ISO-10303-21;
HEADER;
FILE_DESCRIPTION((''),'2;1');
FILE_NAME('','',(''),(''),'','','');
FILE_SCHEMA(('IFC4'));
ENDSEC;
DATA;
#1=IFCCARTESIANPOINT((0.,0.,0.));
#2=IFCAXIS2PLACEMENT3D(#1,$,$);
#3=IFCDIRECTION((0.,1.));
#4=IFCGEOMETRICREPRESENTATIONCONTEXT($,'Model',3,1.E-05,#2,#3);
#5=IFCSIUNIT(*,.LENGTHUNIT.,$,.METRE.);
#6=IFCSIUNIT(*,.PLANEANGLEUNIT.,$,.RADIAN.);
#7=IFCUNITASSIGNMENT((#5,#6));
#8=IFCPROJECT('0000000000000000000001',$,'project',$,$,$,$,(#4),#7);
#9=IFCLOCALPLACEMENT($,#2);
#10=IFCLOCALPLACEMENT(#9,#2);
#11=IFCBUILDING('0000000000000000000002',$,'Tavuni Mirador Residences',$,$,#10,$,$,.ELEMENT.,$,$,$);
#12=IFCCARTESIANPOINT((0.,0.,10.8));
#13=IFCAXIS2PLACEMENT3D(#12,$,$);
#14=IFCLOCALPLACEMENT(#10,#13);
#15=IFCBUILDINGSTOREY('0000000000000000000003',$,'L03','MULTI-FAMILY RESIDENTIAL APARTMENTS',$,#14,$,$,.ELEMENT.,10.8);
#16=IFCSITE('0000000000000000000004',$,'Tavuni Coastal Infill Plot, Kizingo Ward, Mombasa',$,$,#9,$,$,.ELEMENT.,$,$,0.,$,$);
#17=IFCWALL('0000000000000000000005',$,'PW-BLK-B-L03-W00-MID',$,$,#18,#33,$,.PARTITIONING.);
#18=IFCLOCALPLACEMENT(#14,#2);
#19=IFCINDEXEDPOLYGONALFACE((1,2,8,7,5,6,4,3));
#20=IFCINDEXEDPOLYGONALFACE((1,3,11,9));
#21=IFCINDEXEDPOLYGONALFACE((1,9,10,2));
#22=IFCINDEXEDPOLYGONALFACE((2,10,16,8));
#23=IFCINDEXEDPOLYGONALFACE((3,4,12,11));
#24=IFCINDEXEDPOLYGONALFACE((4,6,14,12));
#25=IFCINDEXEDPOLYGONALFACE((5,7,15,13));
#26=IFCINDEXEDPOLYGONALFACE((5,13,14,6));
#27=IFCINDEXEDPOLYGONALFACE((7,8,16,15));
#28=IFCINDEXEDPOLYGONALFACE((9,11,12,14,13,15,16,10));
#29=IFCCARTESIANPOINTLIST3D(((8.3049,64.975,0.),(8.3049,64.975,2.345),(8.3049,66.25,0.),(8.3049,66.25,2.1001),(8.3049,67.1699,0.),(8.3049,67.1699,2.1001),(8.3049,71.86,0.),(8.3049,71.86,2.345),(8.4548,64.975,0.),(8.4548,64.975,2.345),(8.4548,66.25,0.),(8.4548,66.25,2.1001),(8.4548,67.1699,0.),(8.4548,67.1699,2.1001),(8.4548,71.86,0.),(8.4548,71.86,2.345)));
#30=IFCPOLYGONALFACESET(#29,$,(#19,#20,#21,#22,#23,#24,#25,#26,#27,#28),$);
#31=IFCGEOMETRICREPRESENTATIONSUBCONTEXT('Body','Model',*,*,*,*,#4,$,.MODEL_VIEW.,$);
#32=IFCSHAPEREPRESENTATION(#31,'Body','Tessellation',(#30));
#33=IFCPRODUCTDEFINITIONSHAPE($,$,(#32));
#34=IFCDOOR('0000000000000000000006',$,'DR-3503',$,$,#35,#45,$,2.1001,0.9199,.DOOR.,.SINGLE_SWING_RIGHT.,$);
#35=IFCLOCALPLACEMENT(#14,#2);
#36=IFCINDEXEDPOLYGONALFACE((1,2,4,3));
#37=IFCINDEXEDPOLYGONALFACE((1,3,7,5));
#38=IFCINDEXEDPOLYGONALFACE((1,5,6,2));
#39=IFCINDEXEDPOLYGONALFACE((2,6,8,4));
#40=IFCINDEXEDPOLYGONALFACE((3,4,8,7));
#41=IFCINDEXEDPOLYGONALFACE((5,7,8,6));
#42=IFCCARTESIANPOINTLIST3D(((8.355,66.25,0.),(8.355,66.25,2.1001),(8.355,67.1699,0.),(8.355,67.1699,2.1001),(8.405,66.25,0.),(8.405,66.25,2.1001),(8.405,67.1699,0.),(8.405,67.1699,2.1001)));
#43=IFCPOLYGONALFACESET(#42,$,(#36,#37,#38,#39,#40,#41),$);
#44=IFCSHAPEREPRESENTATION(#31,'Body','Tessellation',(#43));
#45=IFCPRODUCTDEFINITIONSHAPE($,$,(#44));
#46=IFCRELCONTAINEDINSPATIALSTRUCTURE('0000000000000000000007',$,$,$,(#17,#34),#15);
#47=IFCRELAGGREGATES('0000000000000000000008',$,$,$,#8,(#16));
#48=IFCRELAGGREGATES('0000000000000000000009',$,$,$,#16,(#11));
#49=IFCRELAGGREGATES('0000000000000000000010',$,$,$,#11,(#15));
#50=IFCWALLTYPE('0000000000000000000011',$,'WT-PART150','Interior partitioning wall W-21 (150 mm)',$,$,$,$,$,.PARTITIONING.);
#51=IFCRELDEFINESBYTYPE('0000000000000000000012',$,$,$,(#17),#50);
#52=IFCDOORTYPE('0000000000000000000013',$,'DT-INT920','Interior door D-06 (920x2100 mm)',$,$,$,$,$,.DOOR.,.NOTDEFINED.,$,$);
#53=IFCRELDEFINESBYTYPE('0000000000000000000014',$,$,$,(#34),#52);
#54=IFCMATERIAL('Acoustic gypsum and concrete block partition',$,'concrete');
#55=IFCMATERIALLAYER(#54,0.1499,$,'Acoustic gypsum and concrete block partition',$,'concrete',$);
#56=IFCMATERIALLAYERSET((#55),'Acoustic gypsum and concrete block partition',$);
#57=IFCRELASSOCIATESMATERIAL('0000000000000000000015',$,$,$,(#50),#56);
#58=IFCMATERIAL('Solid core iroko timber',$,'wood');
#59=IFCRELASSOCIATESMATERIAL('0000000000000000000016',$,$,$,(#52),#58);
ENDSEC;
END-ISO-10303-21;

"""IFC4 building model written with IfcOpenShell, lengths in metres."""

from ifc_helpers import new_model, si_unit, direction, frame, frame_2d, origin, place, context, subcontext, project, spatial, rectangle, extrude, material, layer, layer_set, type_object, element, fill, save


model = new_model("IFC4")

# Units and contexts
model_context = context("Model", 3, precision=1e-05, world=origin(), true_north=direction((0.0, 1.0)))
body_context = subcontext(model_context, "Body", "Model", "MODEL_VIEW")
ifc_project = project(units=[si_unit("LENGTHUNIT", "METRE"), si_unit("PLANEANGLEUNIT", "RADIAN")], contexts=[model_context])

# Site, building, storey
site_placement = place(None, origin())
site = spatial("IfcSite", under=ifc_project, at=site_placement, Name="Tavuni Coastal Infill Plot, Kizingo Ward, Mombasa", CompositionType="ELEMENT", RefElevation=0.0)
building_placement = place(site_placement, origin())
building = spatial("IfcBuilding", under=site, at=building_placement, Name="Tavuni Mirador Residences", CompositionType="ELEMENT")
storey_placement = place(building_placement, frame((0.0, 0.0, 10.8)))
storey = spatial("IfcBuildingStorey", under=building, at=storey_placement, Name="L03", Description="MULTI-FAMILY RESIDENTIAL APARTMENTS", CompositionType="ELEMENT", Elevation=10.8)

# Shared definitions
ifc_material_1 = material(Name="Solid core iroko timber", Category="wood")

# Wall, opening, door
ifc_material_2 = material(Name="Acoustic gypsum and concrete block partition", Category="concrete")
ifc_layer_1 = layer(ifc_material_2, 0.1499, Name="Acoustic gypsum and concrete block partition", Category="concrete")
ifc_layer_set_1 = layer_set([ifc_layer_1], Name="Acoustic gypsum and concrete block partition")
wall_type_1 = type_object("IfcWallType", Name="WT-PART150", Description="Interior partitioning wall W-21 (150 mm)", PredefinedType="PARTITIONING", material=ifc_layer_set_1)
wall_1_placement = place(storey_placement, frame((8.3799, 64.9751, 0.0), z_axis=(0.0, 0.0, 1.0), x_axis=(0.0, 1.0, 0.0)))
wall_1 = element("IfcWall", 1, at=wall_1_placement, inside=storey, type_object=wall_type_1, Name="PW-BLK-B-L03-W00-MID", PredefinedType="PARTITIONING", context=body_context, shape_type="SweptSolid", body=[
    extrude(rectangle(XDim=6.885, YDim=0.1499, at=frame_2d((3.4424, 0.0))), origin(), (0.0, 0.0, 1.0), 2.345),
])
opening_1_placement = place(wall_1_placement, frame((1.2749, 0.0, 0.0)))
opening_1 = element("IfcOpeningElement", 2, at=opening_1_placement, cuts=wall_1, PredefinedType="OPENING", context=body_context, shape_type="SweptSolid", body=[
    extrude(rectangle(XDim=0.9199, YDim=2.1001, at=frame_2d((0.46, 1.05))), frame((0.0, 0.085, 0.0), z_axis=(0.0, -1.0, 0.0), x_axis=(1.0, 0.0, 0.0)), (0.0, 0.0, 1.0), 0.1699),
])
door_type_1 = type_object("IfcDoorType", Name="DT-INT920", Description="Interior door D-06 (920x2100 mm)", OperationType="NOTDEFINED", PredefinedType="DOOR", material=ifc_material_1)
door_1_placement = place(opening_1_placement, origin())
door_1 = element("IfcDoor", 3, at=door_1_placement, inside=storey, type_object=door_type_1, Name="DR-3503", OperationType="SINGLE_SWING_RIGHT", OverallHeight=2.1001, OverallWidth=0.9199, PredefinedType="DOOR", context=body_context, shape_type="SweptSolid", body=[
    extrude(rectangle(XDim=0.9199, YDim=2.1001, at=frame_2d((0.46, 1.05))), frame((0.0, 0.0249, 0.0), z_axis=(0.0, -1.0, 0.0), x_axis=(1.0, 0.0, 0.0)), (0.0, 0.0, 1.0), 0.05),
])
fill(opening_1, door_1)

save(model, "model.ifc")
